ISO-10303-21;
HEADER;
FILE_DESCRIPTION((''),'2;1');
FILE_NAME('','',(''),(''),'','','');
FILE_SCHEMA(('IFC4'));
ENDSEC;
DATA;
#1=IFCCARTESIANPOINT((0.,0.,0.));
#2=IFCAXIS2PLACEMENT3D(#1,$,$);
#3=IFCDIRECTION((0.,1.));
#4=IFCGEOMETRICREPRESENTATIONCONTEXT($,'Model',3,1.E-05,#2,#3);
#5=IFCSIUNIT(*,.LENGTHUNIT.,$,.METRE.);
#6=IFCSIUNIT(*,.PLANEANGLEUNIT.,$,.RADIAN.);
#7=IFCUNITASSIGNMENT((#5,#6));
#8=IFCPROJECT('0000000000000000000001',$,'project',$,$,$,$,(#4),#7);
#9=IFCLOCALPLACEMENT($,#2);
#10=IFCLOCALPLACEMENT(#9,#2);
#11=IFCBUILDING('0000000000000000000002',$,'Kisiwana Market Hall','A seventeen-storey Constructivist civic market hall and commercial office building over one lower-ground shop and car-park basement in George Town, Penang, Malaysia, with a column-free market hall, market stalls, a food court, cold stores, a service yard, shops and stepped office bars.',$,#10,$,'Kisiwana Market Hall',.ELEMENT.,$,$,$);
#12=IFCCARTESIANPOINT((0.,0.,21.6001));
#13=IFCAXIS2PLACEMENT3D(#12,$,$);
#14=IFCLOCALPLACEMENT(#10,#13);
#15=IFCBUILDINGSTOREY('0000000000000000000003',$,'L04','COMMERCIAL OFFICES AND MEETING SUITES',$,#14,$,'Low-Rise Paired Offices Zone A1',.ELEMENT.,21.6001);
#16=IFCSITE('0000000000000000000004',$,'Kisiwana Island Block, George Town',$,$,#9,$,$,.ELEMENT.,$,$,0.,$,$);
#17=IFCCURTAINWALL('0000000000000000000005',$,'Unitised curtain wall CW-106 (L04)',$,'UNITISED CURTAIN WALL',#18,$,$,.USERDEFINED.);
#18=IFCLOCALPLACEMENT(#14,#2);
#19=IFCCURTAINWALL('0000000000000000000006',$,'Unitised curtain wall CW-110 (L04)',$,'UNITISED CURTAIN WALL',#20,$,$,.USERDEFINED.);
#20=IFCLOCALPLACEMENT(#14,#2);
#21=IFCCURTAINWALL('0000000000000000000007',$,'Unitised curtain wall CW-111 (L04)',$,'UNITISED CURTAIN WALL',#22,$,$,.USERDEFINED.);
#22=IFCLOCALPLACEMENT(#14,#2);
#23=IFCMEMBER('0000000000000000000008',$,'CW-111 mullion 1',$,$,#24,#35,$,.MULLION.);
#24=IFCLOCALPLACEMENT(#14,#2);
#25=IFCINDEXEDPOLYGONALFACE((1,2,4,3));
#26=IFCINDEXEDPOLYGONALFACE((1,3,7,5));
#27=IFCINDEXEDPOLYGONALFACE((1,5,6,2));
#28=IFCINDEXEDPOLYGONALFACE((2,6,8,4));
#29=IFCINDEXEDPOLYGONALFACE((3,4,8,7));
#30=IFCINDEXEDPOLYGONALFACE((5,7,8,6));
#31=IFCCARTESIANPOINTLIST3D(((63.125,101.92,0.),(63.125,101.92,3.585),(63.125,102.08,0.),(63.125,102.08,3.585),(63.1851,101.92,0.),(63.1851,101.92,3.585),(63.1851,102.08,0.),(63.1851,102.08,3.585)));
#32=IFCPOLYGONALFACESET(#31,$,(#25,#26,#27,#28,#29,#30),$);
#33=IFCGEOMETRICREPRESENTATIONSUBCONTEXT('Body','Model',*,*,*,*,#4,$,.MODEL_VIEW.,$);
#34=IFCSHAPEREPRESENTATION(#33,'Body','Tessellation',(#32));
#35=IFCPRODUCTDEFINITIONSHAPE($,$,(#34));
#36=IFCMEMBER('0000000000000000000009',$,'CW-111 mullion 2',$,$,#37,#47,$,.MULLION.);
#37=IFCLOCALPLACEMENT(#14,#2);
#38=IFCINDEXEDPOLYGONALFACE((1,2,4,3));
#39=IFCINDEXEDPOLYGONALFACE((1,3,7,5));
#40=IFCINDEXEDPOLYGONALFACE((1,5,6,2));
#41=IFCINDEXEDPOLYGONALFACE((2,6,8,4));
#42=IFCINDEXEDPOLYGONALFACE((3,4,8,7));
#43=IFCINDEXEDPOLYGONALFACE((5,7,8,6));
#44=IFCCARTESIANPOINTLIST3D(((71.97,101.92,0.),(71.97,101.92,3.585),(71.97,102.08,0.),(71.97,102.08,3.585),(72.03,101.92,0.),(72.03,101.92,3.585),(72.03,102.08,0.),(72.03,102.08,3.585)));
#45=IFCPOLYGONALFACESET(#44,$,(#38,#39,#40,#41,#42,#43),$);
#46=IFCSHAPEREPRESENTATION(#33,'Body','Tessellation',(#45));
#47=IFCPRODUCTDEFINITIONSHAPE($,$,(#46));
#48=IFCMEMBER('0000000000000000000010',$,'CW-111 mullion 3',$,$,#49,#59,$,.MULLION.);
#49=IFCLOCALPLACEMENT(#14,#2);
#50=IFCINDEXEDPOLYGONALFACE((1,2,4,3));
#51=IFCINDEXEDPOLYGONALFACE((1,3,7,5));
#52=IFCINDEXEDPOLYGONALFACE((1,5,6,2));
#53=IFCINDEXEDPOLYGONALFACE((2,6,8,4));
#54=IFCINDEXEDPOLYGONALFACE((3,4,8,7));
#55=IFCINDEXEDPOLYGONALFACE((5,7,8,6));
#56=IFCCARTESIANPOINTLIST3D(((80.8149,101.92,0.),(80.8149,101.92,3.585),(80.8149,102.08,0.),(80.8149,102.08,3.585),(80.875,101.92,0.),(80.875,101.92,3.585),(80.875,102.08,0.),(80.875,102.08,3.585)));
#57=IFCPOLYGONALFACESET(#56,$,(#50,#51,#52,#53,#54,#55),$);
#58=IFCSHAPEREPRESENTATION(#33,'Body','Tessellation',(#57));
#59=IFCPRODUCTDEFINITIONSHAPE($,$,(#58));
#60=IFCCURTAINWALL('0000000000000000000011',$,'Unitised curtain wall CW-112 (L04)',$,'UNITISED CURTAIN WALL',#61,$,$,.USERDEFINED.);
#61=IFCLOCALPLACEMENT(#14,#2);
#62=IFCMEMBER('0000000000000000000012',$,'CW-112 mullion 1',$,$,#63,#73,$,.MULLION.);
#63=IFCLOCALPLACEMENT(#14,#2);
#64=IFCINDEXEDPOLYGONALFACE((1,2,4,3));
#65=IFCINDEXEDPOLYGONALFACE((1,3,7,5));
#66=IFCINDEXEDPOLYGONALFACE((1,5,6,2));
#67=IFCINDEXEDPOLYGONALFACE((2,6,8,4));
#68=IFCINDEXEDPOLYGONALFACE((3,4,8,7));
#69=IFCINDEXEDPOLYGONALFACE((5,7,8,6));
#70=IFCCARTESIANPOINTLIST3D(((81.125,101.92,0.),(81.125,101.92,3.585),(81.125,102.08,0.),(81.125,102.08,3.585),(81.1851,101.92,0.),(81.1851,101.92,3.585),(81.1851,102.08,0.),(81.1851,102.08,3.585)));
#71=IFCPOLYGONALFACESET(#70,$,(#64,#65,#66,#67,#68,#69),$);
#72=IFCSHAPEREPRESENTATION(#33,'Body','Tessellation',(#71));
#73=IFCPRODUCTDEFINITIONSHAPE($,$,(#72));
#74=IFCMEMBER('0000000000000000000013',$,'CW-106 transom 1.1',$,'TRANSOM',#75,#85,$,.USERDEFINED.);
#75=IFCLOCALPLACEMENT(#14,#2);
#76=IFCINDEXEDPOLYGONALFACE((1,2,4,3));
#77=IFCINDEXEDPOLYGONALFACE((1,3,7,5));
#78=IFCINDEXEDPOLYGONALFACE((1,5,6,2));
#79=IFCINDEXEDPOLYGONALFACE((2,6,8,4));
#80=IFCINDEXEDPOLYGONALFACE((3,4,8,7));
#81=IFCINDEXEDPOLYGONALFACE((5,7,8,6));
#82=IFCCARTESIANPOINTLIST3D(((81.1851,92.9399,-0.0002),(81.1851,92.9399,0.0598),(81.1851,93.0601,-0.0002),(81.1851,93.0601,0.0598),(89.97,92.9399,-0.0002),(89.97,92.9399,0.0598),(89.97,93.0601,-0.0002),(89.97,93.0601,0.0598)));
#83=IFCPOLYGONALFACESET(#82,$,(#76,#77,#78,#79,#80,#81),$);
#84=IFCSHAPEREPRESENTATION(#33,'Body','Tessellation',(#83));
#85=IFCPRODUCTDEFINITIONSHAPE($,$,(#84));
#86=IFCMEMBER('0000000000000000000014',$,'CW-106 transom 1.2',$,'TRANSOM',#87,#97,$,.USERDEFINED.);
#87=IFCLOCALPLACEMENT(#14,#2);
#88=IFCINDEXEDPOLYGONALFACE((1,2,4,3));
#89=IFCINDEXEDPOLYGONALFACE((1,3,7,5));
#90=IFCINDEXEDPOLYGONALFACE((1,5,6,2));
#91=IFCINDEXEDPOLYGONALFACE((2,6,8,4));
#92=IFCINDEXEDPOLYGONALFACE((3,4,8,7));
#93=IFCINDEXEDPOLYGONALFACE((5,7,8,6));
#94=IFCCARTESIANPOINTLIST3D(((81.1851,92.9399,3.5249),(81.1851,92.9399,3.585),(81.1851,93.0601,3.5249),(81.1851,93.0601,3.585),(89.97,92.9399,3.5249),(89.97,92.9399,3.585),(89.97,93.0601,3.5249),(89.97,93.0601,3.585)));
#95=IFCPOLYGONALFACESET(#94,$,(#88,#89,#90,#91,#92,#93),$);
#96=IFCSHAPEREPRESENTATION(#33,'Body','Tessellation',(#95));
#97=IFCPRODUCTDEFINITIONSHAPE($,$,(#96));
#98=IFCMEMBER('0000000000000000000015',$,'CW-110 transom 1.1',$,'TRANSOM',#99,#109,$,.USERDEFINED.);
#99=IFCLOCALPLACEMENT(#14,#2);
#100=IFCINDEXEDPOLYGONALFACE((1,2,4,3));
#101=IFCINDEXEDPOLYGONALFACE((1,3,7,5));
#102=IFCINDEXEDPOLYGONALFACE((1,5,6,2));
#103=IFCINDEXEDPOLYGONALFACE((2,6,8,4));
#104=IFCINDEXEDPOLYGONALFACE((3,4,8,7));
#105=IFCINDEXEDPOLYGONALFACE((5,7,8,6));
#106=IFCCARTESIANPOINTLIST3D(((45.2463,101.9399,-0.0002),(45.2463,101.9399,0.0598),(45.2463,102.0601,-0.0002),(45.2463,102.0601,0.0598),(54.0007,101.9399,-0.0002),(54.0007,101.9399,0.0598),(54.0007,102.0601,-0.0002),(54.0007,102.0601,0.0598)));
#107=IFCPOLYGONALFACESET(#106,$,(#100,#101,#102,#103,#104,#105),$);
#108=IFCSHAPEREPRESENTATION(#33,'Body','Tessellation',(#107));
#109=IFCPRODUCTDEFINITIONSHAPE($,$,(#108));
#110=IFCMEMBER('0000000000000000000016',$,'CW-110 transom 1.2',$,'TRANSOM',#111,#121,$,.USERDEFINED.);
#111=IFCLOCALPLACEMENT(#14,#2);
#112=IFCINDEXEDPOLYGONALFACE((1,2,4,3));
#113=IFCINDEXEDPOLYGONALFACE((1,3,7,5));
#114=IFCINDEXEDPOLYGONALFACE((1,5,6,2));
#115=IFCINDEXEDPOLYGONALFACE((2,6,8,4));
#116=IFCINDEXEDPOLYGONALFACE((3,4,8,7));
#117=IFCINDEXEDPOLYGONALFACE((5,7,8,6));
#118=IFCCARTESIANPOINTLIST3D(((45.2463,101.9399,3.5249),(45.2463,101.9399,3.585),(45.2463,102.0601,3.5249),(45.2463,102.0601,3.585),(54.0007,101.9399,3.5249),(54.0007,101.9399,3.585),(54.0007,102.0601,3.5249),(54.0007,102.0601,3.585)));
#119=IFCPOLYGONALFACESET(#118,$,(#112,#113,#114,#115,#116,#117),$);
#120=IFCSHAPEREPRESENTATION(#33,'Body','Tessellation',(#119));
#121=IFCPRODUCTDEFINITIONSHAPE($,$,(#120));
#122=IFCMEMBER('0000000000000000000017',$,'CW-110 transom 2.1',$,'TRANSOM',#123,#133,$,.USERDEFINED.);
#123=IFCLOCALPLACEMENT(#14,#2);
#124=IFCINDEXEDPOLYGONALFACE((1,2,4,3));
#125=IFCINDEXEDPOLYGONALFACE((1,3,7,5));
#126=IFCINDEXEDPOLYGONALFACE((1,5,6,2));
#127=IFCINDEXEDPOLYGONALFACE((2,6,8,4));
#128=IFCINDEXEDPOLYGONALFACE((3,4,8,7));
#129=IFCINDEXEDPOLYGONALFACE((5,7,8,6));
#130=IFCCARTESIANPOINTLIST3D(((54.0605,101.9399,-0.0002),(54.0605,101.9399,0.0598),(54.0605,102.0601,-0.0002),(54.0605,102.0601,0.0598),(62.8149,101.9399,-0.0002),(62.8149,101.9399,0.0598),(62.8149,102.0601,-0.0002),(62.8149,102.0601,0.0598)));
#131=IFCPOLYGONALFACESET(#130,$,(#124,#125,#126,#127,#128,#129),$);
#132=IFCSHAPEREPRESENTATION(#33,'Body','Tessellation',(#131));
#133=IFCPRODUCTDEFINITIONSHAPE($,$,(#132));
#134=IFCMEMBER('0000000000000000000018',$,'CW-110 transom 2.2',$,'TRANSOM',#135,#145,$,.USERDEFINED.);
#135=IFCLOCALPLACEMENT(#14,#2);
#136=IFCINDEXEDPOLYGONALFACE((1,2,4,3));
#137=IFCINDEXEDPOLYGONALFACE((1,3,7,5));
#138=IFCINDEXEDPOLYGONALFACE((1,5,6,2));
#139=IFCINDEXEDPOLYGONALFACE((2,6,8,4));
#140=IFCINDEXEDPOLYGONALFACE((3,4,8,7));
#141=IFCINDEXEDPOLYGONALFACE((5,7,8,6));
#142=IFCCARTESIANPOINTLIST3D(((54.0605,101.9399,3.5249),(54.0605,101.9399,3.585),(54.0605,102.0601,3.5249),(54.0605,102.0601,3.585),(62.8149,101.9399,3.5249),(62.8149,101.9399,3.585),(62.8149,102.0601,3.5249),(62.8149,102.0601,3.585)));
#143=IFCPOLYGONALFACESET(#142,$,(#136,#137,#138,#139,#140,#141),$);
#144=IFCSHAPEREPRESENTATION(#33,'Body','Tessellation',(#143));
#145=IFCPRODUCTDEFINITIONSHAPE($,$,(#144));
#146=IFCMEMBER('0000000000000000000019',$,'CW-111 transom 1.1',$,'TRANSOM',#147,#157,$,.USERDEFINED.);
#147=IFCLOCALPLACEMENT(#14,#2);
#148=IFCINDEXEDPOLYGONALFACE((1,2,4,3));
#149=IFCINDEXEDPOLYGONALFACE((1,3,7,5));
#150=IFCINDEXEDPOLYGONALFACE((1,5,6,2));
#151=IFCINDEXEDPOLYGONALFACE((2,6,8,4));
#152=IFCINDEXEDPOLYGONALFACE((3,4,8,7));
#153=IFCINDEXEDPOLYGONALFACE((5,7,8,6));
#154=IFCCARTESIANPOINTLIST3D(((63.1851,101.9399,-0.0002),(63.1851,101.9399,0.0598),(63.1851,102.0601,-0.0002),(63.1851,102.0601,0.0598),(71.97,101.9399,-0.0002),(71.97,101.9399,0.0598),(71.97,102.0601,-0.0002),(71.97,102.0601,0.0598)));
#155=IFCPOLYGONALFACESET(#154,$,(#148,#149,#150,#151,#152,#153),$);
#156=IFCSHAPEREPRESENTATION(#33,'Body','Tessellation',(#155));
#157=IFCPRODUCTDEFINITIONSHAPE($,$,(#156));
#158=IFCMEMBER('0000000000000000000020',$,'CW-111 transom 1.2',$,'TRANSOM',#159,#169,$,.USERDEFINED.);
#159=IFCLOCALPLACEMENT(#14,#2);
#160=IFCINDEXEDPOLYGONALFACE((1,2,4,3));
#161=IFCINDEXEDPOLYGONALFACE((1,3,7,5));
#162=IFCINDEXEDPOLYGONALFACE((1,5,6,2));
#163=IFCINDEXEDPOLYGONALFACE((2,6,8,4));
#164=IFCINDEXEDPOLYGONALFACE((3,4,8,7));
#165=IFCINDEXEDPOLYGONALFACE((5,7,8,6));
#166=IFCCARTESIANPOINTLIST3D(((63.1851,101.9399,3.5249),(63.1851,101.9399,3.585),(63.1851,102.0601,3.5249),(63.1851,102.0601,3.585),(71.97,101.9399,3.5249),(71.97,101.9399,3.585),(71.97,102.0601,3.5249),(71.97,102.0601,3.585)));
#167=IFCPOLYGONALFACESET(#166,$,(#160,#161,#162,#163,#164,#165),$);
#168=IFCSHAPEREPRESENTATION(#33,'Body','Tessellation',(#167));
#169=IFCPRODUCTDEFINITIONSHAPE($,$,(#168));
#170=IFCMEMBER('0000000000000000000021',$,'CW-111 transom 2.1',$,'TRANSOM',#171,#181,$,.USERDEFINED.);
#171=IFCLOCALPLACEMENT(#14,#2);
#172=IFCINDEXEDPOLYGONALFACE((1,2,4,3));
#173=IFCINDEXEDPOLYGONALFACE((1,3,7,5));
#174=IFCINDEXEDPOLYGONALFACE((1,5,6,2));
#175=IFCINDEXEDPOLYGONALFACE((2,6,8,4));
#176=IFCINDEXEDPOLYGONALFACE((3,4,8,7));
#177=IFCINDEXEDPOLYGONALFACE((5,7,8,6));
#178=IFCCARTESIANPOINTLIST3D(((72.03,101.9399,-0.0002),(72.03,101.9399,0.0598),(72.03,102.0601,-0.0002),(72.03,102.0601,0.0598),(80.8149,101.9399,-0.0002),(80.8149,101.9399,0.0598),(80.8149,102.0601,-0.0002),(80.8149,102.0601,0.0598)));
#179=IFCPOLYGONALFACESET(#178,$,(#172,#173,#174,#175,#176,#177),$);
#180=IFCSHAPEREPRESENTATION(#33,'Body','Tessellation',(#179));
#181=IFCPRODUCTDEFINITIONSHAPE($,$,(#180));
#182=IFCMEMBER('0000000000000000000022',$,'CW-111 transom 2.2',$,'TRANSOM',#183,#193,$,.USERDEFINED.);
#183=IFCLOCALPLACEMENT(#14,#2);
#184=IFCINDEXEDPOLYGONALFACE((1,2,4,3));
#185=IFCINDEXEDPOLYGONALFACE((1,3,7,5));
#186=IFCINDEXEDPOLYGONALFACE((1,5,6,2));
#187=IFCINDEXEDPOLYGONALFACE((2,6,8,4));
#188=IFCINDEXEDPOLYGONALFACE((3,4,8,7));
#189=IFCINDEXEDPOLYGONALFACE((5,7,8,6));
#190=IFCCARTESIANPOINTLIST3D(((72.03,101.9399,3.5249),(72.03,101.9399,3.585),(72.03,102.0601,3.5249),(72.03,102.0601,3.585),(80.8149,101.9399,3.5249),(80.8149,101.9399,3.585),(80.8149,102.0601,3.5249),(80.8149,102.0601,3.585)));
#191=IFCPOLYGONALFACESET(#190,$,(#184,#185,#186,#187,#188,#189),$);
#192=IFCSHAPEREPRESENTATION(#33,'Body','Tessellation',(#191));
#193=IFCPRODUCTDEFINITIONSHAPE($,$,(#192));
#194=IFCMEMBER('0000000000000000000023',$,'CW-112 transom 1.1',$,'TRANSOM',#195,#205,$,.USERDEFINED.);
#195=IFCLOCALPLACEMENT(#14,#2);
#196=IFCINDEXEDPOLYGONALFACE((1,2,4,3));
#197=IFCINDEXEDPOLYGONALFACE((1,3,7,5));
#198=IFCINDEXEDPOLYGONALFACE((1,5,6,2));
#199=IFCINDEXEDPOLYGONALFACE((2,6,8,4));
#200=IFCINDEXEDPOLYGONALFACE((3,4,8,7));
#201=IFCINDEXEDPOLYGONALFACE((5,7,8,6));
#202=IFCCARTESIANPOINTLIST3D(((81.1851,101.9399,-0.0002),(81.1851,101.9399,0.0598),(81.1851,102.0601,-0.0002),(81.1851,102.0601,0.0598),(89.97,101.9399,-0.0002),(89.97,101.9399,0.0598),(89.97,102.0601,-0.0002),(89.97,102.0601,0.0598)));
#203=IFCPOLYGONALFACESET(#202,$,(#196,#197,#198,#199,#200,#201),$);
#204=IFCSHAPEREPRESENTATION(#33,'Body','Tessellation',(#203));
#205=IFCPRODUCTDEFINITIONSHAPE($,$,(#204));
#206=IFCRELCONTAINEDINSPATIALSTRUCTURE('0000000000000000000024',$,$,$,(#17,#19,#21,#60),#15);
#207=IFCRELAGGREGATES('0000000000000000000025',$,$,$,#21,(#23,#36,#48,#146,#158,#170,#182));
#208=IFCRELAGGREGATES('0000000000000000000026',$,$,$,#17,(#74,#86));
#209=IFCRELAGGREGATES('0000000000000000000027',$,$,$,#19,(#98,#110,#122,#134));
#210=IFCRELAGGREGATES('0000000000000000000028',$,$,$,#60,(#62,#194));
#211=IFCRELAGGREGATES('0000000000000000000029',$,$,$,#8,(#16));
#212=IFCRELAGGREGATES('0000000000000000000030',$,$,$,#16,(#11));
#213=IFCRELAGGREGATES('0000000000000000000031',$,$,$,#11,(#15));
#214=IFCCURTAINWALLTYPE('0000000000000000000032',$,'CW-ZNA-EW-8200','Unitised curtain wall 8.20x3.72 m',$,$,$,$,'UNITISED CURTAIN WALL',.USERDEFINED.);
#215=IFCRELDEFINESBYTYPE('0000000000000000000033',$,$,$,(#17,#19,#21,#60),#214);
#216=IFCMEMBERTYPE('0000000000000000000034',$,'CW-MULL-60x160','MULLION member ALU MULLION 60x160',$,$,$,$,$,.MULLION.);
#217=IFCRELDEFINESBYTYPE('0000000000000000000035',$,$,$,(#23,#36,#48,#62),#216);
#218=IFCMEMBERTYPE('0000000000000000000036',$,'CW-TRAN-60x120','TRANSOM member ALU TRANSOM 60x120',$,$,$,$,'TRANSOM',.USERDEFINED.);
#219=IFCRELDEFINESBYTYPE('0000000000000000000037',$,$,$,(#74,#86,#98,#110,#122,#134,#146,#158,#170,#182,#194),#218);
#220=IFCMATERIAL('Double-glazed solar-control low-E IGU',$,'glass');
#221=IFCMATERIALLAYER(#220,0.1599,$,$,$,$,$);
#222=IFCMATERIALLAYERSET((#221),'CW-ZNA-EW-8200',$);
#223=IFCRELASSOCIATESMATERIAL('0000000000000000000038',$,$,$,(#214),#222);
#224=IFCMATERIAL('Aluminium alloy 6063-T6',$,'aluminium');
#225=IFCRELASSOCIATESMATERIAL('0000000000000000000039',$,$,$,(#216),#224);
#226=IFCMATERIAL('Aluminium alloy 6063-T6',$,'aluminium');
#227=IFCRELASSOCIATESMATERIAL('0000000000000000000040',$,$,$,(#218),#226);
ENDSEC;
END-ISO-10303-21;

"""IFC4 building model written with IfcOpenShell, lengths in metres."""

from ifc_helpers import new_model, si_unit, direction, frame, origin, origin_2d, place, context, subcontext, project, spatial, rectangle, extrude, material, layer, layer_set, material_profile, profile_set, type_object, element, aggregate, save


model = new_model("IFC4")

# Units and contexts
model_context = context("Model", 3, precision=1e-05, world=origin(), true_north=direction((0.0, 1.0)))
body_context = subcontext(model_context, "Body", "Model", "MODEL_VIEW")
ifc_project = project(units=[si_unit("LENGTHUNIT", "METRE"), si_unit("PLANEANGLEUNIT", "RADIAN")], contexts=[model_context])

# Site, building, storey
site_placement = place(None, origin())
site = spatial("IfcSite", under=ifc_project, at=site_placement, Name="Kisiwana Island Block, George Town", CompositionType="ELEMENT", RefElevation=0.0)
building_placement = place(site_placement, origin())
building = spatial("IfcBuilding", under=site, at=building_placement, Name="Kisiwana Market Hall", Description="A seventeen-storey Constructivist civic market hall and commercial office building over one lower-ground shop and car-park basement in George Town, Penang, Malaysia, with a column-free market hall, market stalls, a food court, cold stores, a service yard, shops and stepped office bars.", LongName="Kisiwana Market Hall", CompositionType="ELEMENT")
storey_placement = place(building_placement, frame((0.0, 0.0, 21.6001)))
storey = spatial("IfcBuildingStorey", under=building, at=storey_placement, Name="L04", Description="COMMERCIAL OFFICES AND MEETING SUITES", LongName="Low-Rise Paired Offices Zone A1", CompositionType="ELEMENT", Elevation=21.6001)

# Curtain wall
ifc_material_1 = material(Name="Double-glazed solar-control low-E IGU", Category="glass")
ifc_layer_1 = layer(ifc_material_1, 0.1599)
ifc_layer_set_1 = layer_set([ifc_layer_1], Name="CW-ZNA-EW-8200")
curtain_wall_type = type_object("IfcCurtainWallType", Name="CW-ZNA-EW-8200", Description="Unitised curtain wall 8.20x3.72 m", ElementType="UNITISED CURTAIN WALL", PredefinedType="USERDEFINED", material=ifc_layer_set_1)
curtain_wall_1_placement = place(storey_placement, origin())
curtain_wall_1 = element("IfcCurtainWall", 1, at=curtain_wall_1_placement, inside=storey, type_object=curtain_wall_type, Name="Unitised curtain wall CW-106 (L04)", ObjectType="UNITISED CURTAIN WALL", PredefinedType="USERDEFINED")
ifc_material_2 = material(Name="Aluminium alloy 6063-T6", Category="aluminium")
ifc_material_profile_1 = material_profile(ifc_material_2, rectangle(XDim=0.0601, YDim=0.1599, at=origin_2d()), Name="ALU MULLION 60x160")
ifc_profile_set_1 = profile_set([ifc_material_profile_1], Name="Aluminium alloy 6063-T6")
member_type_1 = type_object("IfcMemberType", Name="CW-MULL-60x160", Description="MULLION member ALU MULLION 60x160", PredefinedType="MULLION", material=ifc_profile_set_1)

# Curtain walls, members
curtain_wall_2_placement = place(storey_placement, origin())
curtain_wall_2 = element("IfcCurtainWall", 2, at=curtain_wall_2_placement, inside=storey, type_object=curtain_wall_type, Name="Unitised curtain wall CW-110 (L04)", ObjectType="UNITISED CURTAIN WALL", PredefinedType="USERDEFINED")
curtain_wall_3_placement = place(storey_placement, origin())
curtain_wall_3 = element("IfcCurtainWall", 3, at=curtain_wall_3_placement, inside=storey, type_object=curtain_wall_type, Name="Unitised curtain wall CW-111 (L04)", ObjectType="UNITISED CURTAIN WALL", PredefinedType="USERDEFINED")
member_1_placement = place(storey_placement, frame((63.155, 102.0, 0.0), z_axis=(0.0, 0.0, 1.0), x_axis=(1.0, 0.0, 0.0)))
member_1 = element("IfcMember", 4, at=member_1_placement, type_object=member_type_1, Name="CW-111 mullion 1", PredefinedType="MULLION", context=body_context, shape_type="SweptSolid", body=[
    extrude(rectangle(XDim=0.0601, YDim=0.1599, at=origin_2d()), origin(), (0.0, 0.0, 1.0), 3.585),
])
member_2_placement = place(storey_placement, frame((72.0, 102.0, 0.0), z_axis=(0.0, 0.0, 1.0), x_axis=(1.0, 0.0, 0.0)))
member_2 = element("IfcMember", 5, at=member_2_placement, type_object=member_type_1, Name="CW-111 mullion 2", PredefinedType="MULLION", context=body_context, shape_type="SweptSolid", body=[
    extrude(rectangle(XDim=0.0601, YDim=0.1599, at=origin_2d()), origin(), (0.0, 0.0, 1.0), 3.585),
])
member_3_placement = place(storey_placement, frame((80.845, 102.0, 0.0), z_axis=(0.0, 0.0, 1.0), x_axis=(1.0, 0.0, 0.0)))
member_3 = element("IfcMember", 6, at=member_3_placement, type_object=member_type_1, Name="CW-111 mullion 3", PredefinedType="MULLION", context=body_context, shape_type="SweptSolid", body=[
    extrude(rectangle(XDim=0.0601, YDim=0.1599, at=origin_2d()), origin(), (0.0, 0.0, 1.0), 3.585),
])

# Curtain wall, member
curtain_wall_4_placement = place(storey_placement, origin())
curtain_wall_4 = element("IfcCurtainWall", 7, at=curtain_wall_4_placement, inside=storey, type_object=curtain_wall_type, Name="Unitised curtain wall CW-112 (L04)", ObjectType="UNITISED CURTAIN WALL", PredefinedType="USERDEFINED")
member_4_placement = place(storey_placement, frame((81.155, 102.0, 0.0), z_axis=(0.0, 0.0, 1.0), x_axis=(1.0, 0.0, 0.0)))
member_4 = element("IfcMember", 8, at=member_4_placement, type_object=member_type_1, Name="CW-112 mullion 1", PredefinedType="MULLION", context=body_context, shape_type="SweptSolid", body=[
    extrude(rectangle(XDim=0.0601, YDim=0.1599, at=origin_2d()), origin(), (0.0, 0.0, 1.0), 3.585),
])

# Members
ifc_material_3 = material(Name="Aluminium alloy 6063-T6", Category="aluminium")
ifc_material_profile_2 = material_profile(ifc_material_3, rectangle(XDim=0.1201, YDim=0.0601, at=origin_2d()), Name="ALU TRANSOM 60x120")
ifc_profile_set_2 = profile_set([ifc_material_profile_2], Name="Aluminium alloy 6063-T6")
member_type_2 = type_object("IfcMemberType", Name="CW-TRAN-60x120", Description="TRANSOM member ALU TRANSOM 60x120", ElementType="TRANSOM", PredefinedType="USERDEFINED", material=ifc_profile_set_2)
member_5_placement = place(storey_placement, frame((81.1851, 93.0, 0.0298), z_axis=(1.0, 0.0, 0.0), x_axis=(0.0, 1.0, 0.0)))
member_5 = element("IfcMember", 9, at=member_5_placement, type_object=member_type_2, Name="CW-106 transom 1.1", ObjectType="TRANSOM", PredefinedType="USERDEFINED", context=body_context, shape_type="SweptSolid", body=[
    extrude(rectangle(XDim=0.1201, YDim=0.0601, at=origin_2d()), origin(), (0.0, 0.0, 1.0), 8.7849),
])
member_6_placement = place(storey_placement, frame((81.1851, 93.0, 3.5549), z_axis=(1.0, 0.0, 0.0), x_axis=(0.0, 1.0, 0.0)))
member_6 = element("IfcMember", 10, at=member_6_placement, type_object=member_type_2, Name="CW-106 transom 1.2", ObjectType="TRANSOM", PredefinedType="USERDEFINED", context=body_context, shape_type="SweptSolid", body=[
    extrude(rectangle(XDim=0.1201, YDim=0.0601, at=origin_2d()), origin(), (0.0, 0.0, 1.0), 8.7849),
])
member_7_placement = place(storey_placement, frame((45.2463, 102.0, 0.0298), z_axis=(1.0, 0.0, 0.0), x_axis=(0.0, 1.0, 0.0)))
member_7 = element("IfcMember", 11, at=member_7_placement, type_object=member_type_2, Name="CW-110 transom 1.1", ObjectType="TRANSOM", PredefinedType="USERDEFINED", context=body_context, shape_type="SweptSolid", body=[
    extrude(rectangle(XDim=0.1201, YDim=0.0601, at=origin_2d()), origin(), (0.0, 0.0, 1.0), 8.7544),
])
member_8_placement = place(storey_placement, frame((45.2463, 102.0, 3.5549), z_axis=(1.0, 0.0, 0.0), x_axis=(0.0, 1.0, 0.0)))
member_8 = element("IfcMember", 12, at=member_8_placement, type_object=member_type_2, Name="CW-110 transom 1.2", ObjectType="TRANSOM", PredefinedType="USERDEFINED", context=body_context, shape_type="SweptSolid", body=[
    extrude(rectangle(XDim=0.1201, YDim=0.0601, at=origin_2d()), origin(), (0.0, 0.0, 1.0), 8.7544),
])
member_9_placement = place(storey_placement, frame((54.0605, 102.0, 0.0298), z_axis=(1.0, 0.0, 0.0), x_axis=(0.0, 1.0, 0.0)))
member_9 = element("IfcMember", 13, at=member_9_placement, type_object=member_type_2, Name="CW-110 transom 2.1", ObjectType="TRANSOM", PredefinedType="USERDEFINED", context=body_context, shape_type="SweptSolid", body=[
    extrude(rectangle(XDim=0.1201, YDim=0.0601, at=origin_2d()), origin(), (0.0, 0.0, 1.0), 8.7544),
])
member_10_placement = place(storey_placement, frame((54.0605, 102.0, 3.5549), z_axis=(1.0, 0.0, 0.0), x_axis=(0.0, 1.0, 0.0)))
member_10 = element("IfcMember", 14, at=member_10_placement, type_object=member_type_2, Name="CW-110 transom 2.2", ObjectType="TRANSOM", PredefinedType="USERDEFINED", context=body_context, shape_type="SweptSolid", body=[
    extrude(rectangle(XDim=0.1201, YDim=0.0601, at=origin_2d()), origin(), (0.0, 0.0, 1.0), 8.7544),
])
member_11_placement = place(storey_placement, frame((63.1851, 102.0, 0.0298), z_axis=(1.0, 0.0, 0.0), x_axis=(0.0, 1.0, 0.0)))
member_11 = element("IfcMember", 15, at=member_11_placement, type_object=member_type_2, Name="CW-111 transom 1.1", ObjectType="TRANSOM", PredefinedType="USERDEFINED", context=body_context, shape_type="SweptSolid", body=[
    extrude(rectangle(XDim=0.1201, YDim=0.0601, at=origin_2d()), origin(), (0.0, 0.0, 1.0), 8.7849),
])
member_12_placement = place(storey_placement, frame((63.1851, 102.0, 3.5549), z_axis=(1.0, 0.0, 0.0), x_axis=(0.0, 1.0, 0.0)))
member_12 = element("IfcMember", 16, at=member_12_placement, type_object=member_type_2, Name="CW-111 transom 1.2", ObjectType="TRANSOM", PredefinedType="USERDEFINED", context=body_context, shape_type="SweptSolid", body=[
    extrude(rectangle(XDim=0.1201, YDim=0.0601, at=origin_2d()), origin(), (0.0, 0.0, 1.0), 8.7849),
])
member_13_placement = place(storey_placement, frame((72.03, 102.0, 0.0298), z_axis=(1.0, 0.0, 0.0), x_axis=(0.0, 1.0, 0.0)))
member_13 = element("IfcMember", 17, at=member_13_placement, type_object=member_type_2, Name="CW-111 transom 2.1", ObjectType="TRANSOM", PredefinedType="USERDEFINED", context=body_context, shape_type="SweptSolid", body=[
    extrude(rectangle(XDim=0.1201, YDim=0.0601, at=origin_2d()), origin(), (0.0, 0.0, 1.0), 8.7849),
])
member_14_placement = place(storey_placement, frame((72.03, 102.0, 3.5549), z_axis=(1.0, 0.0, 0.0), x_axis=(0.0, 1.0, 0.0)))
member_14 = element("IfcMember", 18, at=member_14_placement, type_object=member_type_2, Name="CW-111 transom 2.2", ObjectType="TRANSOM", PredefinedType="USERDEFINED", context=body_context, shape_type="SweptSolid", body=[
    extrude(rectangle(XDim=0.1201, YDim=0.0601, at=origin_2d()), origin(), (0.0, 0.0, 1.0), 8.7849),
])
member_15_placement = place(storey_placement, frame((81.1851, 102.0, 0.0298), z_axis=(1.0, 0.0, 0.0), x_axis=(0.0, 1.0, 0.0)))
member_15 = element("IfcMember", 19, at=member_15_placement, type_object=member_type_2, Name="CW-112 transom 1.1", ObjectType="TRANSOM", PredefinedType="USERDEFINED", context=body_context, shape_type="SweptSolid", body=[
    extrude(rectangle(XDim=0.1201, YDim=0.0601, at=origin_2d()), origin(), (0.0, 0.0, 1.0), 8.7849),
])

aggregate(curtain_wall_3, [member_1, member_2, member_3, member_11, member_12, member_13, member_14])
aggregate(curtain_wall_1, [member_5, member_6])
aggregate(curtain_wall_2, [member_7, member_8, member_9, member_10])
aggregate(curtain_wall_4, [member_4, member_15])

save(model, "model.ifc")
